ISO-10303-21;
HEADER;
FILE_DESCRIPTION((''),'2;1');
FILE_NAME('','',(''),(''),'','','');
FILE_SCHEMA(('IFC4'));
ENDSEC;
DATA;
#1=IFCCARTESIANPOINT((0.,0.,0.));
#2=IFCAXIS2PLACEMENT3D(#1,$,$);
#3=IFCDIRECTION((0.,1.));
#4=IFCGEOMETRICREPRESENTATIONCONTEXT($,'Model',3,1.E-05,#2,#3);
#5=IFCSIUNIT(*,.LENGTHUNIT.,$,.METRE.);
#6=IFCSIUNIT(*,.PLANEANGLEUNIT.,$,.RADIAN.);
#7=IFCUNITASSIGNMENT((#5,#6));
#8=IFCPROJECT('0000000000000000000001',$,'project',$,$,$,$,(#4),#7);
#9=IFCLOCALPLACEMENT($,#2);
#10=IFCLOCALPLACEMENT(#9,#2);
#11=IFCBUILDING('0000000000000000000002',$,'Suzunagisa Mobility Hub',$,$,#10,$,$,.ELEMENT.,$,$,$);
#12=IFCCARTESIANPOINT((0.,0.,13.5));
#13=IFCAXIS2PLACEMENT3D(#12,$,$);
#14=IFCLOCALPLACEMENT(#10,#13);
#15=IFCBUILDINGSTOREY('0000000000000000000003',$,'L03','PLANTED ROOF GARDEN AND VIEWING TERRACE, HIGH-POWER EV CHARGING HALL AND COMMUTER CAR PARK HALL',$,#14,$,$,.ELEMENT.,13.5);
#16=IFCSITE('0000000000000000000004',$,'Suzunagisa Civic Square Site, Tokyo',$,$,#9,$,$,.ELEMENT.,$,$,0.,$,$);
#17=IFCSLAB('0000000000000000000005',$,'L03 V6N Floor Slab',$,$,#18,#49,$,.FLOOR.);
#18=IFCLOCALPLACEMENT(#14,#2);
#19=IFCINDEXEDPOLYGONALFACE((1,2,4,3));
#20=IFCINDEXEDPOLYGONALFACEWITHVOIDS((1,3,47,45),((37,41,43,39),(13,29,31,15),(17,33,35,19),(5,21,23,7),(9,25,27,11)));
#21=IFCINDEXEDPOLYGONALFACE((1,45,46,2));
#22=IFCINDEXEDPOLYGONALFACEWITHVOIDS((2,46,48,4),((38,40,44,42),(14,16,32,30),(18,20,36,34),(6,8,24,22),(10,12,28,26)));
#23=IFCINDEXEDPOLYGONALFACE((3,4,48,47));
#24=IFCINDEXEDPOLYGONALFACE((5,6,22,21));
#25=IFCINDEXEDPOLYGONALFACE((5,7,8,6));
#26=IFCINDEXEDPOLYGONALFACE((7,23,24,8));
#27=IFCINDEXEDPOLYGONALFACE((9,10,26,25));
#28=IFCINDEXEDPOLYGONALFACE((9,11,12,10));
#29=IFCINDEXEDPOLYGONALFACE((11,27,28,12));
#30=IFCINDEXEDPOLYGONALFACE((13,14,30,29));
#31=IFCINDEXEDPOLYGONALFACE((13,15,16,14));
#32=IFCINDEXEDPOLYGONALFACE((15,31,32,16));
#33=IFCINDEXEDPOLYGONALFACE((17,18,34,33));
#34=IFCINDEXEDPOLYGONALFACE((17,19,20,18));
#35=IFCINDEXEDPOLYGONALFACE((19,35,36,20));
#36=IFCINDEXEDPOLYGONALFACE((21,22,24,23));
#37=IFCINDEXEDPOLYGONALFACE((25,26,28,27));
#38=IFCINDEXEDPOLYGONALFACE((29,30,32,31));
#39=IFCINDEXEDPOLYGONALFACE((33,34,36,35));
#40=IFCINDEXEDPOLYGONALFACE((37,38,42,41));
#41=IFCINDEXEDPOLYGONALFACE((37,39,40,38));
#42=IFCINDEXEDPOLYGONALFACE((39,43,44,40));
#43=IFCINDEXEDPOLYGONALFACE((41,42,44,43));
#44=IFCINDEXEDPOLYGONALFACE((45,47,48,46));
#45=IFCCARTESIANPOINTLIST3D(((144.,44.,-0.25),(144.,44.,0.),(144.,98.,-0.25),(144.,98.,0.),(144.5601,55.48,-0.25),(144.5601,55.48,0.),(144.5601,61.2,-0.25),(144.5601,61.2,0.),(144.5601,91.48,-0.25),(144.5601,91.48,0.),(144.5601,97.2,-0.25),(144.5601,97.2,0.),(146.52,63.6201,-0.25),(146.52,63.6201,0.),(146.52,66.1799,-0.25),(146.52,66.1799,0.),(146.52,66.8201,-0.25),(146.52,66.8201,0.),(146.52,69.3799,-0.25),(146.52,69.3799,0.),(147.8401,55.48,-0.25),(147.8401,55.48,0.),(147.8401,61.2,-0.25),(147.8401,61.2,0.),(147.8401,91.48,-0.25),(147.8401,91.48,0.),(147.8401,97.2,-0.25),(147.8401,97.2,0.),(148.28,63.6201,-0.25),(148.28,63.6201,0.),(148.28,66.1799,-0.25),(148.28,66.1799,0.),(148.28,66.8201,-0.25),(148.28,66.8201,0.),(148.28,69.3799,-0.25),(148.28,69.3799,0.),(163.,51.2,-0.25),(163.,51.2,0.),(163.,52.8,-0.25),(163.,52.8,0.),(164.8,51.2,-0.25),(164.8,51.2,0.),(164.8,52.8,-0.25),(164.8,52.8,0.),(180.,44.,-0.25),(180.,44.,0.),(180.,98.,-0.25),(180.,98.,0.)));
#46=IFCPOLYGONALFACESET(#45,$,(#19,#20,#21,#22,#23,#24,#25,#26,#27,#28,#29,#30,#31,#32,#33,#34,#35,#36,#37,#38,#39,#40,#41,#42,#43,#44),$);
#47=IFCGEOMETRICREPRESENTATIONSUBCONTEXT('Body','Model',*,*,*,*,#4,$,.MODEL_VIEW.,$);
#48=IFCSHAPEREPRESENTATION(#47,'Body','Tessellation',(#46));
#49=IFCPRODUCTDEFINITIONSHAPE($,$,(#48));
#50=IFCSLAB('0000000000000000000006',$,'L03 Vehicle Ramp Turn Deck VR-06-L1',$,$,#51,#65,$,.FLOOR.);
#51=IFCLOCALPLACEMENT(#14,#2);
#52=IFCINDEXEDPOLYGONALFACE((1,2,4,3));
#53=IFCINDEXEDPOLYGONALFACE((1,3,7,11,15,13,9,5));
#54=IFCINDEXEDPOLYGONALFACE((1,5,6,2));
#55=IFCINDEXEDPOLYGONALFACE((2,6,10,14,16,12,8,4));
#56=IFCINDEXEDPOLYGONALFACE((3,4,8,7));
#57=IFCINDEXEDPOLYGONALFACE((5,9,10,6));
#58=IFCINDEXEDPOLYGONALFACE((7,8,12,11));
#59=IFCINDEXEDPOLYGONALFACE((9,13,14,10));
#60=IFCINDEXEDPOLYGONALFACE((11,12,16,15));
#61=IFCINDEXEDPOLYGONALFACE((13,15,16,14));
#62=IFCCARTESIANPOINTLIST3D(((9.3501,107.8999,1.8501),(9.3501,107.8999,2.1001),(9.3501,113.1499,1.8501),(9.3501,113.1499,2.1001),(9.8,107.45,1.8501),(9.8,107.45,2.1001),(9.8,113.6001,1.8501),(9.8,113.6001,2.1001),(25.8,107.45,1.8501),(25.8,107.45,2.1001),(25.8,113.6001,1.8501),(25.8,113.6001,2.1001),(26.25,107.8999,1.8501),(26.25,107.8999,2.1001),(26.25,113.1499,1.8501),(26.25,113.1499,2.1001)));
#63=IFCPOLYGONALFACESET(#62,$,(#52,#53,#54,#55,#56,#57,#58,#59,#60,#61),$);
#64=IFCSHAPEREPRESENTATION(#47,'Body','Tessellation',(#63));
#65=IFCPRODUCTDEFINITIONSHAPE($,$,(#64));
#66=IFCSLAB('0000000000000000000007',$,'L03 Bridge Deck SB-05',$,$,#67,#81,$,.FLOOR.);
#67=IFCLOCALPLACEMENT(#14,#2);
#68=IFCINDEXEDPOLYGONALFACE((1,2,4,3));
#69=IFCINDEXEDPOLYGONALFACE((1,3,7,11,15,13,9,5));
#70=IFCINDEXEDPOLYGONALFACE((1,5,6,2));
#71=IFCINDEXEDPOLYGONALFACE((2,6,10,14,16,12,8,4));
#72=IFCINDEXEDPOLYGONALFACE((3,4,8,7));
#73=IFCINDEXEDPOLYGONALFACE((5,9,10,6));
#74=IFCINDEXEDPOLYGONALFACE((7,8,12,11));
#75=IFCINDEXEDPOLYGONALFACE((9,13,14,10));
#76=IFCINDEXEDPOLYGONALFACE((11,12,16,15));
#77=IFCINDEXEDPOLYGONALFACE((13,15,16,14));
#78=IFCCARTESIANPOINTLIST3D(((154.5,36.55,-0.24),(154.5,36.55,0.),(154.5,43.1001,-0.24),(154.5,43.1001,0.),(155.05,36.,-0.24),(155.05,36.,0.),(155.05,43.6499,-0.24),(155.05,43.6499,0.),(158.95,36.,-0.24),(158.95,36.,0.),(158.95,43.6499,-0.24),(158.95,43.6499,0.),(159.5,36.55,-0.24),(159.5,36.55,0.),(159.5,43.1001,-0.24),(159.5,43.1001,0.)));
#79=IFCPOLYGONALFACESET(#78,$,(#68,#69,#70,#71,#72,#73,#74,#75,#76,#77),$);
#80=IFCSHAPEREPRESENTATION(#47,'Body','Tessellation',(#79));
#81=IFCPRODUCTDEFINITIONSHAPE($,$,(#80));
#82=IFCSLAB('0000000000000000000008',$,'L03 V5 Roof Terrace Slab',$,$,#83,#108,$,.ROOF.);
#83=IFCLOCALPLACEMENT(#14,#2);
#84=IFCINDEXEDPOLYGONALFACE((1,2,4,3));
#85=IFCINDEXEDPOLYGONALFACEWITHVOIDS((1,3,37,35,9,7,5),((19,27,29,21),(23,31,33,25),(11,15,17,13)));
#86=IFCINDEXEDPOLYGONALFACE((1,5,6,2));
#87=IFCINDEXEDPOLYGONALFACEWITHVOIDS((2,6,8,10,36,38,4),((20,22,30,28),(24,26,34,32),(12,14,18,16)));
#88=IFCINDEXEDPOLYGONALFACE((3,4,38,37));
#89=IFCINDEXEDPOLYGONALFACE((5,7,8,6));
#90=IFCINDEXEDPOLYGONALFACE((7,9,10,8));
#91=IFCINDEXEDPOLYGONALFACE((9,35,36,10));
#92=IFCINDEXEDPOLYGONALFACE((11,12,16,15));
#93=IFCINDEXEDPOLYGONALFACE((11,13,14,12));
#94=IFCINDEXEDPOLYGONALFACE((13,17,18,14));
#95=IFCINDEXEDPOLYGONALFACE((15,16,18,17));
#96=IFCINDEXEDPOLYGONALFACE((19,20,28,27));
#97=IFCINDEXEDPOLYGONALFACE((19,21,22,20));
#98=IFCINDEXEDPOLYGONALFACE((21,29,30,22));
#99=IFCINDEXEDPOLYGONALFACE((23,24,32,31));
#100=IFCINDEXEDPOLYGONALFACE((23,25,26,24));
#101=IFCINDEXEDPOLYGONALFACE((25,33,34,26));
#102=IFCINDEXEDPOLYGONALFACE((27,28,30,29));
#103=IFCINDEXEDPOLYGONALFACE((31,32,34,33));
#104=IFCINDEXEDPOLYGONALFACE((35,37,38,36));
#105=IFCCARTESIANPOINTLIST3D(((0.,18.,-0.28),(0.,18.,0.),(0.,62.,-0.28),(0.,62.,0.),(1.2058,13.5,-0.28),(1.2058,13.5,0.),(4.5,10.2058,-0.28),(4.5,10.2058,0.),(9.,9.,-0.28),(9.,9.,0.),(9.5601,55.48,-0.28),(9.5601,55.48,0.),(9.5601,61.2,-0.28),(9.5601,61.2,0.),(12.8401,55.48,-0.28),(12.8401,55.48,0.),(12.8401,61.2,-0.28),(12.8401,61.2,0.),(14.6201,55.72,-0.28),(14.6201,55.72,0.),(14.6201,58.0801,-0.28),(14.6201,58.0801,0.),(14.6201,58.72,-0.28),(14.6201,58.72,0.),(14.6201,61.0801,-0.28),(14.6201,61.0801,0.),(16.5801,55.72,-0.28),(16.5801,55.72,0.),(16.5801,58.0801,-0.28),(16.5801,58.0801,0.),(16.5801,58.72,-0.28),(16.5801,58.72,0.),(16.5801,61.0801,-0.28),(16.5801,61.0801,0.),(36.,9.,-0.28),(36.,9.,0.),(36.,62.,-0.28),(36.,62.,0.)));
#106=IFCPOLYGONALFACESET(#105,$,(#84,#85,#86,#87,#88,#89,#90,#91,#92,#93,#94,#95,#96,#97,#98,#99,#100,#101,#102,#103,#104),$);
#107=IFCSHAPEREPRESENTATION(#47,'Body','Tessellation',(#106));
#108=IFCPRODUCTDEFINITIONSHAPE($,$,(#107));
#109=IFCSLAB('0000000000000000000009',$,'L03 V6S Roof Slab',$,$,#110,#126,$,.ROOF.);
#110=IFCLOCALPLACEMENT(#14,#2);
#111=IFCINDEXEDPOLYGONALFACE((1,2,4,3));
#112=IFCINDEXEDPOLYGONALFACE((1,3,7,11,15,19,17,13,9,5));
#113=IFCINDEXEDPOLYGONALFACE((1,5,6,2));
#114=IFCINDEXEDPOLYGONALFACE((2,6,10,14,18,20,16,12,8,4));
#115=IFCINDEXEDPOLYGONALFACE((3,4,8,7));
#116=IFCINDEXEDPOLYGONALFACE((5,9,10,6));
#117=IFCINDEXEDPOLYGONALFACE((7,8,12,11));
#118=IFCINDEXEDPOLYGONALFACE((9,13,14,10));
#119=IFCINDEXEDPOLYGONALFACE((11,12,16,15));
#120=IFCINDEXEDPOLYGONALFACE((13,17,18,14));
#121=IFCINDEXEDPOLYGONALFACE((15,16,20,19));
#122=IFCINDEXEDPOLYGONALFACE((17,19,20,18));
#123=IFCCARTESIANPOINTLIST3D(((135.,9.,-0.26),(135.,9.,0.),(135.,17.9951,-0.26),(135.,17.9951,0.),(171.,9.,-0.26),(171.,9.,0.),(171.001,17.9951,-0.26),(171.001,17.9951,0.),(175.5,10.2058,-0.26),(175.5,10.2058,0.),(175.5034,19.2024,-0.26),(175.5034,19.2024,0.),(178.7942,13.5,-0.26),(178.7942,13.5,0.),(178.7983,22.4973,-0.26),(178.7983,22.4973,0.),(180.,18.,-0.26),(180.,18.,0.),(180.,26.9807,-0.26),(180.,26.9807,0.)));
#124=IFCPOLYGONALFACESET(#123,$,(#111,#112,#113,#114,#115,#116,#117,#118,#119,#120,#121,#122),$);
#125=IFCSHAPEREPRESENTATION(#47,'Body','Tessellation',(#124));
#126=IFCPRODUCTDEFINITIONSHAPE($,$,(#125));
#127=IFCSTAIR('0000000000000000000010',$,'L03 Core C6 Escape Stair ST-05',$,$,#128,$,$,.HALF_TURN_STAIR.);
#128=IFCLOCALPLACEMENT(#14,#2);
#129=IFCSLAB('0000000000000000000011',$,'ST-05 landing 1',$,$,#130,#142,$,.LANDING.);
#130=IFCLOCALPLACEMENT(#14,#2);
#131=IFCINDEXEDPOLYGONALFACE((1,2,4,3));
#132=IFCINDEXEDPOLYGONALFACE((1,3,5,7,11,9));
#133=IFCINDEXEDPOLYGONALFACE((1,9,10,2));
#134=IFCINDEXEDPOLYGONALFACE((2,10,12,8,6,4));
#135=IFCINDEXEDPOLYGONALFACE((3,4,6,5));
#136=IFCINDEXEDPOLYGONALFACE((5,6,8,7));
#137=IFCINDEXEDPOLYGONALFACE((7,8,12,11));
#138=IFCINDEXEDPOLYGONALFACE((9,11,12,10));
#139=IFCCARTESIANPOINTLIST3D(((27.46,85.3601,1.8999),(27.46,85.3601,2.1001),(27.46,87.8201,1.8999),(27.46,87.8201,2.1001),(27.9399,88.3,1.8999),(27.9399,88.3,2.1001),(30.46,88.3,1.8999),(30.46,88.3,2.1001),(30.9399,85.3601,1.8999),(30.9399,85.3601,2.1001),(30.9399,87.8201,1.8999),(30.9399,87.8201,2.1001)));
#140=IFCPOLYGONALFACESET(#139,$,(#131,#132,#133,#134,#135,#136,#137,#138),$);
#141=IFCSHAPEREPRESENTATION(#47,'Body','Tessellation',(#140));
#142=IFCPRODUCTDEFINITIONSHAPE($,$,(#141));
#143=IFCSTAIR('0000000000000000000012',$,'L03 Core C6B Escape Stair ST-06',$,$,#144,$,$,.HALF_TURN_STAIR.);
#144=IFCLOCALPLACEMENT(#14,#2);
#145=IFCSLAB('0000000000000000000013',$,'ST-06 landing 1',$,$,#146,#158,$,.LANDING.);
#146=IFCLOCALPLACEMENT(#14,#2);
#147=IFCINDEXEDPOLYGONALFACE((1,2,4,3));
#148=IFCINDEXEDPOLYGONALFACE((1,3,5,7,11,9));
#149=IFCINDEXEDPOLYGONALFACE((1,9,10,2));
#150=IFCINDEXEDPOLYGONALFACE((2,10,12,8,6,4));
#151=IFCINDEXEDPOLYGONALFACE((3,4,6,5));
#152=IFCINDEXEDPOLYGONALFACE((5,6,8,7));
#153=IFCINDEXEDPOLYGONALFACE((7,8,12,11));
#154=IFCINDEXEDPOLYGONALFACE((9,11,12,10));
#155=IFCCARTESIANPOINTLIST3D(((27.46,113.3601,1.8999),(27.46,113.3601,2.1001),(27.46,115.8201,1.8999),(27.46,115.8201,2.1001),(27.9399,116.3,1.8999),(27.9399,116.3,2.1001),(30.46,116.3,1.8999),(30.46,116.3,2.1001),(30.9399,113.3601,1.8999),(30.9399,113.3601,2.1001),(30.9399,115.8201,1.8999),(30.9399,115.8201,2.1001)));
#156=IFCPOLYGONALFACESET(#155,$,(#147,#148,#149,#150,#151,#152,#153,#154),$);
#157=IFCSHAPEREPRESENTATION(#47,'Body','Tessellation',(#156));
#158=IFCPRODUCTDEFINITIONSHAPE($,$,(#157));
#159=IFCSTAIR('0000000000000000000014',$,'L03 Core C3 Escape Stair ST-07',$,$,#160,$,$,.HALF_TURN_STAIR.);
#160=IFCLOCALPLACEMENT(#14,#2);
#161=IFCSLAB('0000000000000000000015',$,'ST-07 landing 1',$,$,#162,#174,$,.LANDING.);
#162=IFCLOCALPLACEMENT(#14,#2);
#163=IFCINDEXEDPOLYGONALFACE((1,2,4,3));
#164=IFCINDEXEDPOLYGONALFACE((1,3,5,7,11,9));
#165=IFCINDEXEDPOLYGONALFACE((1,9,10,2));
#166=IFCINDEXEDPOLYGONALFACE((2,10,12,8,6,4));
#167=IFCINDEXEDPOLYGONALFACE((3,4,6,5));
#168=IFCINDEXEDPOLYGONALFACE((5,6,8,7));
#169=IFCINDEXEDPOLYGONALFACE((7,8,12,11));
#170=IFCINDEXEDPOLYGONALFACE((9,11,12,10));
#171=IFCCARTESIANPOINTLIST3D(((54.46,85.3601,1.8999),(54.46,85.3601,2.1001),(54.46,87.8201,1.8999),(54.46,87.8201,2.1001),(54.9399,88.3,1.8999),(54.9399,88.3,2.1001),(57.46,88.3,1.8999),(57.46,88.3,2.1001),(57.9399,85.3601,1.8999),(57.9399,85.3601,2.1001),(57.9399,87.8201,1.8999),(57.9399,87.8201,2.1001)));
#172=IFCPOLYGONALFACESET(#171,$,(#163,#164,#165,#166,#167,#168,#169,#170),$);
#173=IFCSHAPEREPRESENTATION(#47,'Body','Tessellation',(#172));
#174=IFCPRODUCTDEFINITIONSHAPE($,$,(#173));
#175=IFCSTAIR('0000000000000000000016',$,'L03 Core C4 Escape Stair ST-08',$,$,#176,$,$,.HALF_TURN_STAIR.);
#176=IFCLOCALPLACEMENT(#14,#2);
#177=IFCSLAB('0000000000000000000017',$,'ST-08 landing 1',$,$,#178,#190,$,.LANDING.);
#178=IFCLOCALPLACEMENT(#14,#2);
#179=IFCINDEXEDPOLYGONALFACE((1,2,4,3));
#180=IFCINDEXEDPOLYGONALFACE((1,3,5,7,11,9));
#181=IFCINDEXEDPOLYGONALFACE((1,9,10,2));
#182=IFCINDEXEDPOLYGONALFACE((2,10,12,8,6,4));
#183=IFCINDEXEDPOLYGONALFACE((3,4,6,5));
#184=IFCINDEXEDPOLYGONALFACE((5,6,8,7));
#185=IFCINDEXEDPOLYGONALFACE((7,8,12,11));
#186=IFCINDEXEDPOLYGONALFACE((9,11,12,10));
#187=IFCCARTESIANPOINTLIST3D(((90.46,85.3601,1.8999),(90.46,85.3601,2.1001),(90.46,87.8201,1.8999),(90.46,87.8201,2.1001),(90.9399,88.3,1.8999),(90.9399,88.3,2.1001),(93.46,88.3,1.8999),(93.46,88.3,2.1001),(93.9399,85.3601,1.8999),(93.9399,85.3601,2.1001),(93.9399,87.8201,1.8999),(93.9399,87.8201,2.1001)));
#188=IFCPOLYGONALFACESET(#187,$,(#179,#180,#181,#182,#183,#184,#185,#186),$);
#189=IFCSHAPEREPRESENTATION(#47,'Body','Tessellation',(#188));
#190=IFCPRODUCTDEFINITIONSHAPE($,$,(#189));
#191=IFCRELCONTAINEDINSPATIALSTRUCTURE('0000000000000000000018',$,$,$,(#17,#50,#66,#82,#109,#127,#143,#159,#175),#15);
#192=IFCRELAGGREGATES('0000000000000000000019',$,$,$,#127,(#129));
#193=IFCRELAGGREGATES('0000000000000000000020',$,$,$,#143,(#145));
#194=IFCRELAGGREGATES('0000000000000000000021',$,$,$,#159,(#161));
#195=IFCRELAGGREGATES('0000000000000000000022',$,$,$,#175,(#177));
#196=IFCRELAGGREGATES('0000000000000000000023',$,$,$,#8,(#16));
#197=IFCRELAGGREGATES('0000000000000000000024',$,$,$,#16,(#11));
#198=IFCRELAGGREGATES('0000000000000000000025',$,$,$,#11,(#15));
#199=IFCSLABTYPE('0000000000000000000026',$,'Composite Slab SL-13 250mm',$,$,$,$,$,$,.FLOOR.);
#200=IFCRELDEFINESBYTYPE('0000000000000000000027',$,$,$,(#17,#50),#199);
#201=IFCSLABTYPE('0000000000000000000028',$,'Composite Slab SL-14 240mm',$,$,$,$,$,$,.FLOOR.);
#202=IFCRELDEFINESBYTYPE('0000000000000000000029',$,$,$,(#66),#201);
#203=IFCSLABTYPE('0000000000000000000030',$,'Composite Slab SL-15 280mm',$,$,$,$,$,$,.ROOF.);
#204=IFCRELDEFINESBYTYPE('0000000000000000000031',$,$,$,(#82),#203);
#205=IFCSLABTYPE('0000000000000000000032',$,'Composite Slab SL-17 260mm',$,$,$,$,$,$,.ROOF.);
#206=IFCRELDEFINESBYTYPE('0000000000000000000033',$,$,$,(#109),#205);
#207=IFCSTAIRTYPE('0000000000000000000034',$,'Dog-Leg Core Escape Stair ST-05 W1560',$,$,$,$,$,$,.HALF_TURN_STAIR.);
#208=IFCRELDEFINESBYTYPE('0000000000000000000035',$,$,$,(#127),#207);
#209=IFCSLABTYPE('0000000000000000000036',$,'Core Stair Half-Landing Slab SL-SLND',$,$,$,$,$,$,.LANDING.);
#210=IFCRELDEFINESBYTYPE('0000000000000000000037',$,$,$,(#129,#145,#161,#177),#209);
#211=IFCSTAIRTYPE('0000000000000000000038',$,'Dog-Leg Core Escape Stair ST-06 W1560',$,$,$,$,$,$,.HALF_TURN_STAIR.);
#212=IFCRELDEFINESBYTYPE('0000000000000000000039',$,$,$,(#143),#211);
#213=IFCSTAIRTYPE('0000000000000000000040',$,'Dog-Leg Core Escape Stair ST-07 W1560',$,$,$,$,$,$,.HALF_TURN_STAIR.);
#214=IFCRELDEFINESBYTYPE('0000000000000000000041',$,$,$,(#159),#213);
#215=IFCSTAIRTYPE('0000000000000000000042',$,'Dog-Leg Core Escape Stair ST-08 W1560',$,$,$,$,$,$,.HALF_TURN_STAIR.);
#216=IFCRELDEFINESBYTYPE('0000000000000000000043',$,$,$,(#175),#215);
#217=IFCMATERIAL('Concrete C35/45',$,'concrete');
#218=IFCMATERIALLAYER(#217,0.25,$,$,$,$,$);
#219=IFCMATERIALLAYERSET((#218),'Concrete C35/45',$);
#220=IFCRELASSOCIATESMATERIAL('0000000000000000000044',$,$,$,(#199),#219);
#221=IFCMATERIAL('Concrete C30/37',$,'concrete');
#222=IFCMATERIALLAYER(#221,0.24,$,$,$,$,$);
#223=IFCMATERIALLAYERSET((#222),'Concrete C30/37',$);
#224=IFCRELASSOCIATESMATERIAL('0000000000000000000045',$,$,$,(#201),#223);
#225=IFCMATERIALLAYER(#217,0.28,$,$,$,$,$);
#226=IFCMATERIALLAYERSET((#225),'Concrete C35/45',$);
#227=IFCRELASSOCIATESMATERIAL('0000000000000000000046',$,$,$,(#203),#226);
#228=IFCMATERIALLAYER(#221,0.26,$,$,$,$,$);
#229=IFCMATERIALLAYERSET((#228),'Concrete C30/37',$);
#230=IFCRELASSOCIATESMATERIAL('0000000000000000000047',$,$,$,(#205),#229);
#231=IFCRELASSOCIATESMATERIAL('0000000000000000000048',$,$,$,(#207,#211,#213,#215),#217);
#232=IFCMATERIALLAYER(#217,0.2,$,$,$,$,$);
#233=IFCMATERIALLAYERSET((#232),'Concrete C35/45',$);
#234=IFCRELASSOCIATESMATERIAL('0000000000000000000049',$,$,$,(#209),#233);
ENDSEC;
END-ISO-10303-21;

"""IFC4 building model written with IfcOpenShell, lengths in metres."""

from ifc_helpers import new_model, si_unit, direction, frame, origin, place, context, subcontext, project, spatial, polyline, outline, extrude, material, layer, layer_set, type_object, element, aggregate, save


model = new_model("IFC4")

# Units and contexts
model_context = context("Model", 3, precision=1e-05, world=origin(), true_north=direction((0.0, 1.0)))
body_context = subcontext(model_context, "Body", "Model", "MODEL_VIEW")
ifc_project = project(units=[si_unit("LENGTHUNIT", "METRE"), si_unit("PLANEANGLEUNIT", "RADIAN")], contexts=[model_context])

# Site, building, storey
site_placement = place(None, origin())
site = spatial("IfcSite", under=ifc_project, at=site_placement, Name="Suzunagisa Civic Square Site, Tokyo", CompositionType="ELEMENT", RefElevation=0.0)
building_placement = place(site_placement, origin())
building = spatial("IfcBuilding", under=site, at=building_placement, Name="Suzunagisa Mobility Hub", CompositionType="ELEMENT")
storey_placement = place(building_placement, frame((0.0, 0.0, 13.5)))
storey = spatial("IfcBuildingStorey", under=building, at=storey_placement, Name="L03", Description="PLANTED ROOF GARDEN AND VIEWING TERRACE, HIGH-POWER EV CHARGING HALL AND COMMUTER CAR PARK HALL", CompositionType="ELEMENT", Elevation=13.5)

# Slabs
ifc_material_1 = material(Name="Concrete C35/45", Category="concrete")
ifc_layer_1 = layer(ifc_material_1, 0.25)
ifc_layer_set_1 = layer_set([ifc_layer_1], Name="Concrete C35/45")
slab_type_1 = type_object("IfcSlabType", Name="Composite Slab SL-13 250mm", PredefinedType="FLOOR", material=ifc_layer_set_1)
slab_1_placement = place(storey_placement, frame((0.0, 0.0, -0.25)))
element("IfcSlab", 1, at=slab_1_placement, inside=storey, type_object=slab_type_1, Name="L03 V6N Floor Slab", PredefinedType="FLOOR", context=body_context, shape_type="SweptSolid", body=[
    extrude(outline(polyline([(144.0, 44.0), (180.0, 44.0), (180.0, 98.0), (144.0, 98.0), (144.0, 44.0)]), holes=[polyline([(163.0, 51.2), (164.8, 51.2), (164.8, 52.8), (163.0, 52.8), (163.0, 51.2)]), polyline([(144.5601, 55.48), (147.8401, 55.48), (147.8401, 61.2), (144.5601, 61.2), (144.5601, 55.48)]), polyline([(146.52, 63.6201), (148.28, 63.6201), (148.28, 66.1799), (146.52, 66.1799), (146.52, 63.6201)]), polyline([(146.52, 66.8201), (148.28, 66.8201), (148.28, 69.3799), (146.52, 69.3799), (146.52, 66.8201)]), polyline([(144.5601, 91.48), (147.8401, 91.48), (147.8401, 97.2), (144.5601, 97.2), (144.5601, 91.48)])]), origin(), (0.0, 0.0, 1.0), 0.25),
])
slab_2_placement = place(storey_placement, frame((0.0, 0.0, 1.8501)))
element("IfcSlab", 2, at=slab_2_placement, inside=storey, type_object=slab_type_1, Name="L03 Vehicle Ramp Turn Deck VR-06-L1", PredefinedType="FLOOR", context=body_context, shape_type="SweptSolid", body=[
    extrude(outline(polyline([(9.8, 107.45), (25.8, 107.45), (26.25, 107.8999), (26.25, 113.1499), (25.8, 113.6001), (9.8, 113.6001), (9.3501, 113.1499), (9.3501, 107.8999), (9.8, 107.45)])), origin(), (0.0, 0.0, 1.0), 0.25),
])
ifc_material_2 = material(Name="Concrete C30/37", Category="concrete")
ifc_layer_2 = layer(ifc_material_2, 0.24)
ifc_layer_set_2 = layer_set([ifc_layer_2], Name="Concrete C30/37")
slab_type_2 = type_object("IfcSlabType", Name="Composite Slab SL-14 240mm", PredefinedType="FLOOR", material=ifc_layer_set_2)
slab_3_placement = place(storey_placement, frame((0.0, 0.0, -0.24)))
element("IfcSlab", 3, at=slab_3_placement, inside=storey, type_object=slab_type_2, Name="L03 Bridge Deck SB-05", PredefinedType="FLOOR", context=body_context, shape_type="SweptSolid", body=[
    extrude(outline(polyline([(155.05, 36.0), (158.95, 36.0), (159.5, 36.55), (159.5, 43.1001), (158.95, 43.6499), (155.05, 43.6499), (154.5, 43.1001), (154.5, 36.55), (155.05, 36.0)])), origin(), (0.0, 0.0, 1.0), 0.24),
])
ifc_layer_3 = layer(ifc_material_1, 0.28)
ifc_layer_set_3 = layer_set([ifc_layer_3], Name="Concrete C35/45")
slab_type_3 = type_object("IfcSlabType", Name="Composite Slab SL-15 280mm", PredefinedType="ROOF", material=ifc_layer_set_3)
slab_4_placement = place(storey_placement, frame((0.0, 0.0, -0.28)))
element("IfcSlab", 4, at=slab_4_placement, inside=storey, type_object=slab_type_3, Name="L03 V5 Roof Terrace Slab", PredefinedType="ROOF", context=body_context, shape_type="SweptSolid", body=[
    extrude(outline(polyline([(0.0, 18.0), (1.2058, 13.5), (4.5, 10.2058), (9.0, 9.0), (36.0, 9.0), (36.0, 62.0), (0.0, 62.0), (0.0, 18.0)]), holes=[polyline([(9.5601, 55.48), (12.8401, 55.48), (12.8401, 61.2), (9.5601, 61.2), (9.5601, 55.48)]), polyline([(14.6201, 55.72), (16.5801, 55.72), (16.5801, 58.0801), (14.6201, 58.0801), (14.6201, 55.72)]), polyline([(14.6201, 58.72), (16.5801, 58.72), (16.5801, 61.0801), (14.6201, 61.0801), (14.6201, 58.72)])]), origin(), (0.0, 0.0, 1.0), 0.28),
])
ifc_layer_4 = layer(ifc_material_2, 0.26)
ifc_layer_set_4 = layer_set([ifc_layer_4], Name="Concrete C30/37")
slab_type_4 = type_object("IfcSlabType", Name="Composite Slab SL-17 260mm", PredefinedType="ROOF", material=ifc_layer_set_4)
slab_5_placement = place(storey_placement, frame((0.0, 0.0, -0.26)))
element("IfcSlab", 5, at=slab_5_placement, inside=storey, type_object=slab_type_4, Name="L03 V6S Roof Slab", PredefinedType="ROOF", context=body_context, shape_type="SweptSolid", body=[
    extrude(outline(polyline([(135.0, 9.0), (171.0, 9.0), (175.5, 10.2058), (178.7942, 13.5), (180.0, 18.0), (180.0, 26.9807), (178.7983, 22.4973), (175.5034, 19.2024), (171.001, 17.9951), (135.0, 17.9951), (135.0, 9.0)])), origin(), (0.0, 0.0, 1.0), 0.26),
])

# Stairs, slabs
stair_type_1 = type_object("IfcStairType", Name="Dog-Leg Core Escape Stair ST-05 W1560", PredefinedType="HALF_TURN_STAIR", material=ifc_material_1)
stair_1_placement = place(storey_placement, origin())
stair_1 = element("IfcStair", 6, at=stair_1_placement, inside=storey, type_object=stair_type_1, Name="L03 Core C6 Escape Stair ST-05", PredefinedType="HALF_TURN_STAIR")
ifc_layer_5 = layer(ifc_material_1, 0.2)
ifc_layer_set_5 = layer_set([ifc_layer_5], Name="Concrete C35/45")
slab_type_5 = type_object("IfcSlabType", Name="Core Stair Half-Landing Slab SL-SLND", PredefinedType="LANDING", material=ifc_layer_set_5)
slab_6_placement = place(storey_placement, frame((0.0, 0.0, 1.8999)))
slab_6 = element("IfcSlab", 7, at=slab_6_placement, type_object=slab_type_5, Name="ST-05 landing 1", PredefinedType="LANDING", context=body_context, shape_type="SweptSolid", body=[
    extrude(outline(polyline([(27.46, 85.3601), (30.9399, 85.3601), (30.9399, 87.8201), (30.46, 88.3), (27.9399, 88.3), (27.46, 87.8201), (27.46, 85.3601)])), origin(), (0.0, 0.0, 1.0), 0.2002),
])
aggregate(stair_1, [slab_6])
stair_type_2 = type_object("IfcStairType", Name="Dog-Leg Core Escape Stair ST-06 W1560", PredefinedType="HALF_TURN_STAIR", material=ifc_material_1)
stair_2_placement = place(storey_placement, origin())
stair_2 = element("IfcStair", 8, at=stair_2_placement, inside=storey, type_object=stair_type_2, Name="L03 Core C6B Escape Stair ST-06", PredefinedType="HALF_TURN_STAIR")
slab_7_placement = place(storey_placement, frame((0.0, 0.0, 1.8999)))
slab_7 = element("IfcSlab", 9, at=slab_7_placement, type_object=slab_type_5, Name="ST-06 landing 1", PredefinedType="LANDING", context=body_context, shape_type="SweptSolid", body=[
    extrude(outline(polyline([(27.46, 113.3601), (30.9399, 113.3601), (30.9399, 115.8201), (30.46, 116.3), (27.9399, 116.3), (27.46, 115.8201), (27.46, 113.3601)])), origin(), (0.0, 0.0, 1.0), 0.2002),
])
aggregate(stair_2, [slab_7])
stair_type_3 = type_object("IfcStairType", Name="Dog-Leg Core Escape Stair ST-07 W1560", PredefinedType="HALF_TURN_STAIR", material=ifc_material_1)
stair_3_placement = place(storey_placement, origin())
stair_3 = element("IfcStair", 10, at=stair_3_placement, inside=storey, type_object=stair_type_3, Name="L03 Core C3 Escape Stair ST-07", PredefinedType="HALF_TURN_STAIR")
slab_8_placement = place(storey_placement, frame((0.0, 0.0, 1.8999)))
slab_8 = element("IfcSlab", 11, at=slab_8_placement, type_object=slab_type_5, Name="ST-07 landing 1", PredefinedType="LANDING", context=body_context, shape_type="SweptSolid", body=[
    extrude(outline(polyline([(54.46, 85.3601), (57.9399, 85.3601), (57.9399, 87.8201), (57.46, 88.3), (54.9399, 88.3), (54.46, 87.8201), (54.46, 85.3601)])), origin(), (0.0, 0.0, 1.0), 0.2002),
])
aggregate(stair_3, [slab_8])
stair_type_4 = type_object("IfcStairType", Name="Dog-Leg Core Escape Stair ST-08 W1560", PredefinedType="HALF_TURN_STAIR", material=ifc_material_1)
stair_4_placement = place(storey_placement, origin())
stair_4 = element("IfcStair", 12, at=stair_4_placement, inside=storey, type_object=stair_type_4, Name="L03 Core C4 Escape Stair ST-08", PredefinedType="HALF_TURN_STAIR")
slab_9_placement = place(storey_placement, frame((0.0, 0.0, 1.8999)))
slab_9 = element("IfcSlab", 13, at=slab_9_placement, type_object=slab_type_5, Name="ST-08 landing 1", PredefinedType="LANDING", context=body_context, shape_type="SweptSolid", body=[
    extrude(outline(polyline([(90.46, 85.3601), (93.9399, 85.3601), (93.9399, 87.8201), (93.46, 88.3), (90.9399, 88.3), (90.46, 87.8201), (90.46, 85.3601)])), origin(), (0.0, 0.0, 1.0), 0.2002),
])
aggregate(stair_4, [slab_9])

save(model, "model.ifc")
